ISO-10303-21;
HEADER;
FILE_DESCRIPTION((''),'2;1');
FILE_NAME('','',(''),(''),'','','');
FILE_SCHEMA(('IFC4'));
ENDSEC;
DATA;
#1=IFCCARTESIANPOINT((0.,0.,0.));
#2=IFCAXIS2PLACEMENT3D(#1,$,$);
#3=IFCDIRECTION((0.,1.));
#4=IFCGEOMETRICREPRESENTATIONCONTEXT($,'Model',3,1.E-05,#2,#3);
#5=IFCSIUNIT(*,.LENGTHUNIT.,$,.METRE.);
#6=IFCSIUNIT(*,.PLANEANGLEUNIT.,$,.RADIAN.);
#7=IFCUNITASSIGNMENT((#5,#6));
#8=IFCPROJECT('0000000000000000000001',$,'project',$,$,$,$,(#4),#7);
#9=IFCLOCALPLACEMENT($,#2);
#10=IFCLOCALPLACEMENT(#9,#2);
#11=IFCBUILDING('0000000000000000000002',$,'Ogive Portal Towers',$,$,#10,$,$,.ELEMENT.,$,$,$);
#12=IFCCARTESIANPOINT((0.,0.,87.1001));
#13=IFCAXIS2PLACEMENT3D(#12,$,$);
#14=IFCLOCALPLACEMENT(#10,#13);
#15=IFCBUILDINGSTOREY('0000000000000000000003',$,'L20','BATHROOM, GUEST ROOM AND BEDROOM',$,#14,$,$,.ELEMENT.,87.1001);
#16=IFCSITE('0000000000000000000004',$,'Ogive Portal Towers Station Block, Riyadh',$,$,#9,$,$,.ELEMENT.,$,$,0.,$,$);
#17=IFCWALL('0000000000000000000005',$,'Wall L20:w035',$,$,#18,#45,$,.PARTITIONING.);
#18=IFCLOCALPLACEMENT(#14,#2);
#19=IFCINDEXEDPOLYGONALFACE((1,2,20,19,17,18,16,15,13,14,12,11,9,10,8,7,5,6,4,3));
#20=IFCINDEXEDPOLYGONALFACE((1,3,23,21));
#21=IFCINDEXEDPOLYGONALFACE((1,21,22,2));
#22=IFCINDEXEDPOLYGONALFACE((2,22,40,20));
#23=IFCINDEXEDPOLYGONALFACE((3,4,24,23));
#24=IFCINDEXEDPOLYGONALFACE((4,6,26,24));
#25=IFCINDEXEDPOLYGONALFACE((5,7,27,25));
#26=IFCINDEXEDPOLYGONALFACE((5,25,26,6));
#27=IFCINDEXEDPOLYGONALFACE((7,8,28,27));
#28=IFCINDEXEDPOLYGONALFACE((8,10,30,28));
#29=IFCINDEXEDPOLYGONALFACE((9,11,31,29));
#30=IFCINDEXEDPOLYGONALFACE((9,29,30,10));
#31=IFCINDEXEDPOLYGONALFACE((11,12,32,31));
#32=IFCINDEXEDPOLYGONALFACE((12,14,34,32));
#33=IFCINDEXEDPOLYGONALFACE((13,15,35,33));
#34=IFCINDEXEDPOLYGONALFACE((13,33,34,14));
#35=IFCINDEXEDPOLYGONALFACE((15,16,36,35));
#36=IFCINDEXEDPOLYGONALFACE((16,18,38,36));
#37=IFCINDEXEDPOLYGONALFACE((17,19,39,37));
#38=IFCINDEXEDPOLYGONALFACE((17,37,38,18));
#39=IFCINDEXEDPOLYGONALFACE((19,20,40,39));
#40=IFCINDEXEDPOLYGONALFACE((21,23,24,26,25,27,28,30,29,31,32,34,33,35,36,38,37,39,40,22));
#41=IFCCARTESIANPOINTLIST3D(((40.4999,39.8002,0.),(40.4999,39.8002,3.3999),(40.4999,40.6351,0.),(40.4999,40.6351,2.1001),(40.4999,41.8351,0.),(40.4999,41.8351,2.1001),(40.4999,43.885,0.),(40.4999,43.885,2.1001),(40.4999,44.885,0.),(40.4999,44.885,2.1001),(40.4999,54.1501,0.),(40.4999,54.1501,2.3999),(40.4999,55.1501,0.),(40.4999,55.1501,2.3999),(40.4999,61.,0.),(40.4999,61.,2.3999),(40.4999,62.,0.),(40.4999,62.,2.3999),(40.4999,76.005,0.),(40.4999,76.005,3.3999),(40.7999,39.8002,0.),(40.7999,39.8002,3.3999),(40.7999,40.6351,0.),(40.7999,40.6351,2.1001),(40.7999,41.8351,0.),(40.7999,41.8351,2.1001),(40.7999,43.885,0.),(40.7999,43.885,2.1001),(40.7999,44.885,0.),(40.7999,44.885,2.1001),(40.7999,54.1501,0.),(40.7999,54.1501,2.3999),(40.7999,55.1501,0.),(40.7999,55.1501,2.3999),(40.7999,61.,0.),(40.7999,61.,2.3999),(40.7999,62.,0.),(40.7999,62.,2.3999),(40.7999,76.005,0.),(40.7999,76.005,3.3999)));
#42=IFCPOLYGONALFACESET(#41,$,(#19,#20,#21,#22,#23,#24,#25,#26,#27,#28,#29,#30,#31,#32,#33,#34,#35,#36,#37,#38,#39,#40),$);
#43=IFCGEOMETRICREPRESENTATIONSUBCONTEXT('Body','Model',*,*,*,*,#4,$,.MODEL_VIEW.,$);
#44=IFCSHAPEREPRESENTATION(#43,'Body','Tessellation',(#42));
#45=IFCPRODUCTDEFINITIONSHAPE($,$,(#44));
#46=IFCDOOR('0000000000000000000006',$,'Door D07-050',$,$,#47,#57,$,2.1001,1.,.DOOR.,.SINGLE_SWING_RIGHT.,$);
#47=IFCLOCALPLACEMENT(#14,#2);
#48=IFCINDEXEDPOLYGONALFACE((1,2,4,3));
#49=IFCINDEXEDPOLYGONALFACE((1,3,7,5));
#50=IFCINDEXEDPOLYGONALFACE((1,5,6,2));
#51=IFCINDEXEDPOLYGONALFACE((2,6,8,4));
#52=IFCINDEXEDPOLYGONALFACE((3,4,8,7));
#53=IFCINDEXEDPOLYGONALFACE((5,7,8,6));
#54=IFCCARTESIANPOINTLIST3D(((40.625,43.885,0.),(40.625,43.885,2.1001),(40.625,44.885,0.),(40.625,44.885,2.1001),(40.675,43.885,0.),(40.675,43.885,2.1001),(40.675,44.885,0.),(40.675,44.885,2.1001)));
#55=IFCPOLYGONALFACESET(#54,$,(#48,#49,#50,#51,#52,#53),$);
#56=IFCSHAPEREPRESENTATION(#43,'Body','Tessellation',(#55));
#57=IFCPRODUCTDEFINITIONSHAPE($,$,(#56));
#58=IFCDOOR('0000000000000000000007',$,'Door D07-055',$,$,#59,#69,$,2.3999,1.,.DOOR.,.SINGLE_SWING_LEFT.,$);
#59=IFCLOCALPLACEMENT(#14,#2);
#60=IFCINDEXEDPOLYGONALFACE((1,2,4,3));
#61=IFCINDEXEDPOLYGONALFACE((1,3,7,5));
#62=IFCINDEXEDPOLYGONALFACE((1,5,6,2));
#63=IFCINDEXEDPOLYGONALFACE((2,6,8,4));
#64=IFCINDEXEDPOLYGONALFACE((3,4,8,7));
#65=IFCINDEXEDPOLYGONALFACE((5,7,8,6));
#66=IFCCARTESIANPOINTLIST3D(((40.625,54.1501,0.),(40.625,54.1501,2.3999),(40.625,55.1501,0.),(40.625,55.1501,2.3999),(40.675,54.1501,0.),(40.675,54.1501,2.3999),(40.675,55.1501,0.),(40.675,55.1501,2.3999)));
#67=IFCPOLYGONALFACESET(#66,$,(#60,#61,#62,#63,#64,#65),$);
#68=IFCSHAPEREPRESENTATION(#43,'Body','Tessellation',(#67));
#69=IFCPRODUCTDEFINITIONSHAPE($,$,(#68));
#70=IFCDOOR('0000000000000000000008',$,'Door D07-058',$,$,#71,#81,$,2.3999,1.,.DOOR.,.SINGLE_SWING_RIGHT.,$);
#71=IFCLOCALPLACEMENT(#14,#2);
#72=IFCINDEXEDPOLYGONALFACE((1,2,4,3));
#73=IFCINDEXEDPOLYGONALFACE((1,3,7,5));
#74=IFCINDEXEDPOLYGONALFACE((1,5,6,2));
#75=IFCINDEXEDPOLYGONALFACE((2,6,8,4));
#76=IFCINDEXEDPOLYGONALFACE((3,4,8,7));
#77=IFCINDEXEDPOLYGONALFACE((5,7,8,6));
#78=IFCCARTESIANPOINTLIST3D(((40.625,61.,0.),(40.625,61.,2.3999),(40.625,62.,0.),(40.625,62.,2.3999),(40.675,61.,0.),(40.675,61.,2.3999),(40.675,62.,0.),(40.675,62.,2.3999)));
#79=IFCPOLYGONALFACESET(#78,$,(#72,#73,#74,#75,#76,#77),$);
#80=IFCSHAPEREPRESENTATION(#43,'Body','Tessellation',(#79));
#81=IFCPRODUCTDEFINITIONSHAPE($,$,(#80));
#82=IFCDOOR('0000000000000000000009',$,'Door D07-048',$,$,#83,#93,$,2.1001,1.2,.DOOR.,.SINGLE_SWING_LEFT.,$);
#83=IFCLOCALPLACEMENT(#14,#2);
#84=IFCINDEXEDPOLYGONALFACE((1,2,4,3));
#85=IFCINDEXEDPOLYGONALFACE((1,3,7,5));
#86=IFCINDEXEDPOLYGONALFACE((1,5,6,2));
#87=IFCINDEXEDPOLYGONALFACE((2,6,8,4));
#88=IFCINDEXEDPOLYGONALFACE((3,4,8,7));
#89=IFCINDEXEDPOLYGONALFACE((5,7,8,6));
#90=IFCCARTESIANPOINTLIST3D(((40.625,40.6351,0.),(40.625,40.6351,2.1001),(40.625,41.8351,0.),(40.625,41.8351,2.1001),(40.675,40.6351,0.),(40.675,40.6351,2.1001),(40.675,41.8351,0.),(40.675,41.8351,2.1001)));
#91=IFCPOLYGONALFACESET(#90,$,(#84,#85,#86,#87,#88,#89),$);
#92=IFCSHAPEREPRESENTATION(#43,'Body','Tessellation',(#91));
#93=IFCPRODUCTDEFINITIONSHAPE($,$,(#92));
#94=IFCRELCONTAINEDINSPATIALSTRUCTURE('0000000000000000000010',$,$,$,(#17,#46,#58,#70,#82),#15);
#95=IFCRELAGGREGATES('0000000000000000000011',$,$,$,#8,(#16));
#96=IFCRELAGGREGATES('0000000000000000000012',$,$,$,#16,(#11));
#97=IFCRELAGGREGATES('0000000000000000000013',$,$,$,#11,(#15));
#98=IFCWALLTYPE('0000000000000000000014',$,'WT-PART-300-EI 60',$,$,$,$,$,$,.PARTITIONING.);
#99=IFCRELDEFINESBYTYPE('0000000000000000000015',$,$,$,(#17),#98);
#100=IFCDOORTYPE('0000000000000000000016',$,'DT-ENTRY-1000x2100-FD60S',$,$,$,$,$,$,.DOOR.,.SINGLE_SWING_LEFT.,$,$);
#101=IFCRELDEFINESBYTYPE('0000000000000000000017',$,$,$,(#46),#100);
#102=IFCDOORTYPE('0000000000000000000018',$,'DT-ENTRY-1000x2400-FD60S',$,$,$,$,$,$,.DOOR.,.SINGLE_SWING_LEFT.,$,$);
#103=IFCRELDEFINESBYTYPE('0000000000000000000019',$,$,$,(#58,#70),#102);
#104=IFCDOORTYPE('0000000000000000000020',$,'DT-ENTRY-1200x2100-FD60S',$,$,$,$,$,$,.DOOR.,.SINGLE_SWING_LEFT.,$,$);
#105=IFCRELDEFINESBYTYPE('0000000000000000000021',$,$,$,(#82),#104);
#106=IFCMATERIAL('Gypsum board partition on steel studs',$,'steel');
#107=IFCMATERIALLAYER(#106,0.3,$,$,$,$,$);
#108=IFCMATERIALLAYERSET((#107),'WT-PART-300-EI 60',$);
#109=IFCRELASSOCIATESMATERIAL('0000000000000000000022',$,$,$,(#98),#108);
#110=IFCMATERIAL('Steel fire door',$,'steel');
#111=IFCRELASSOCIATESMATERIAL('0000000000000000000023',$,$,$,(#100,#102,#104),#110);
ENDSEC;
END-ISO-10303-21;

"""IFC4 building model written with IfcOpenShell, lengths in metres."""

from ifc_helpers import new_model, si_unit, direction, frame, frame_2d, origin, place, context, subcontext, project, spatial, rectangle, extrude, material, layer, layer_set, type_object, element, fill, save


model = new_model("IFC4")

# Units and contexts
model_context = context("Model", 3, precision=1e-05, world=origin(), true_north=direction((0.0, 1.0)))
body_context = subcontext(model_context, "Body", "Model", "MODEL_VIEW")
ifc_project = project(units=[si_unit("LENGTHUNIT", "METRE"), si_unit("PLANEANGLEUNIT", "RADIAN")], contexts=[model_context])

# Site, building, storey
site_placement = place(None, origin())
site = spatial("IfcSite", under=ifc_project, at=site_placement, Name="Ogive Portal Towers Station Block, Riyadh", CompositionType="ELEMENT", RefElevation=0.0)
building_placement = place(site_placement, origin())
building = spatial("IfcBuilding", under=site, at=building_placement, Name="Ogive Portal Towers", CompositionType="ELEMENT")
storey_placement = place(building_placement, frame((0.0, 0.0, 87.1001)))
storey = spatial("IfcBuildingStorey", under=building, at=storey_placement, Name="L20", Description="BATHROOM, GUEST ROOM AND BEDROOM", CompositionType="ELEMENT", Elevation=87.1001)

# Shared definitions
ifc_material_1 = material(Name="Gypsum board partition on steel studs", Category="steel")
ifc_layer_1 = layer(ifc_material_1, 0.3)
ifc_layer_set_1 = layer_set([ifc_layer_1], Name="WT-PART-300-EI 60")
wall_type_1 = type_object("IfcWallType", Name="WT-PART-300-EI 60", PredefinedType="PARTITIONING", material=ifc_layer_set_1)

# Shared definitions
ifc_material_2 = material(Name="Steel fire door", Category="steel")

# Wall, openings, doors
wall_1_placement = place(storey_placement, frame((40.6499, 39.8, 0.0), z_axis=(0.0, 0.0, 1.0), x_axis=(0.0, 1.0, 0.0)))
wall_1 = element("IfcWall", 1, at=wall_1_placement, inside=storey, type_object=wall_type_1, Name="Wall L20:w035", PredefinedType="PARTITIONING", context=body_context, shape_type="SweptSolid", body=[
    extrude(rectangle(XDim=36.2048, YDim=0.3, at=frame_2d((18.1025, 0.0))), origin(), (0.0, 0.0, 1.0), 3.3999),
])
opening_1_placement = place(wall_1_placement, frame((0.835, 0.0, 0.0)))
opening_1 = element("IfcOpeningElement", 2, at=opening_1_placement, cuts=wall_1, PredefinedType="OPENING", context=body_context, shape_type="SweptSolid", body=[
    extrude(rectangle(XDim=1.2, YDim=2.1001, at=frame_2d((0.6001, 1.05))), frame((0.0, 0.1602, 0.0), z_axis=(0.0, -1.0, 0.0), x_axis=(1.0, 0.0, 0.0)), (0.0, 0.0, 1.0), 0.3201),
])
opening_2_placement = place(wall_1_placement, frame((4.085, 0.0, 0.0)))
opening_2 = element("IfcOpeningElement", 3, at=opening_2_placement, cuts=wall_1, PredefinedType="OPENING", context=body_context, shape_type="SweptSolid", body=[
    extrude(rectangle(XDim=1.0, YDim=2.1001, at=frame_2d((0.5, 1.05))), frame((0.0, 0.1602, 0.0), z_axis=(0.0, -1.0, 0.0), x_axis=(1.0, 0.0, 0.0)), (0.0, 0.0, 1.0), 0.3201),
])
opening_3_placement = place(wall_1_placement, frame((14.3501, 0.0, 0.0)))
opening_3 = element("IfcOpeningElement", 4, at=opening_3_placement, cuts=wall_1, PredefinedType="OPENING", context=body_context, shape_type="SweptSolid", body=[
    extrude(rectangle(XDim=1.0, YDim=2.3999, at=frame_2d((0.5, 1.2))), frame((0.0, 0.1602, 0.0), z_axis=(0.0, -1.0, 0.0), x_axis=(1.0, 0.0, 0.0)), (0.0, 0.0, 1.0), 0.3201),
])
opening_4_placement = place(wall_1_placement, frame((21.2, 0.0, 0.0)))
opening_4 = element("IfcOpeningElement", 5, at=opening_4_placement, cuts=wall_1, PredefinedType="OPENING", context=body_context, shape_type="SweptSolid", body=[
    extrude(rectangle(XDim=1.0, YDim=2.3999, at=frame_2d((0.5, 1.2))), frame((0.0, 0.1602, 0.0), z_axis=(0.0, -1.0, 0.0), x_axis=(1.0, 0.0, 0.0)), (0.0, 0.0, 1.0), 0.3201),
])
door_type_1 = type_object("IfcDoorType", Name="DT-ENTRY-1000x2100-FD60S", OperationType="SINGLE_SWING_LEFT", PredefinedType="DOOR", material=ifc_material_2)
door_1_placement = place(opening_2_placement, origin())
door_1 = element("IfcDoor", 6, at=door_1_placement, inside=storey, type_object=door_type_1, Name="Door D07-050", OperationType="SINGLE_SWING_RIGHT", OverallHeight=2.1001, OverallWidth=1.0, PredefinedType="DOOR", context=body_context, shape_type="SweptSolid", body=[
    extrude(rectangle(XDim=1.0, YDim=2.1001, at=frame_2d((0.5, 1.05))), frame((0.0, 0.0249, 0.0), z_axis=(0.0, -1.0, 0.0), x_axis=(1.0, 0.0, 0.0)), (0.0, 0.0, 1.0), 0.05),
])
fill(opening_2, door_1)
door_type_2 = type_object("IfcDoorType", Name="DT-ENTRY-1000x2400-FD60S", OperationType="SINGLE_SWING_LEFT", PredefinedType="DOOR", material=ifc_material_2)
door_2_placement = place(opening_3_placement, origin())
door_2 = element("IfcDoor", 7, at=door_2_placement, inside=storey, type_object=door_type_2, Name="Door D07-055", OperationType="SINGLE_SWING_LEFT", OverallHeight=2.3999, OverallWidth=1.0, PredefinedType="DOOR", context=body_context, shape_type="SweptSolid", body=[
    extrude(rectangle(XDim=1.0, YDim=2.3999, at=frame_2d((0.5, 1.2))), frame((0.0, 0.0249, 0.0), z_axis=(0.0, -1.0, 0.0), x_axis=(1.0, 0.0, 0.0)), (0.0, 0.0, 1.0), 0.05),
])
fill(opening_3, door_2)
door_3_placement = place(opening_4_placement, origin())
door_3 = element("IfcDoor", 8, at=door_3_placement, inside=storey, type_object=door_type_2, Name="Door D07-058", OperationType="SINGLE_SWING_RIGHT", OverallHeight=2.3999, OverallWidth=1.0, PredefinedType="DOOR", context=body_context, shape_type="SweptSolid", body=[
    extrude(rectangle(XDim=1.0, YDim=2.3999, at=frame_2d((0.5, 1.2))), frame((0.0, 0.0249, 0.0), z_axis=(0.0, -1.0, 0.0), x_axis=(1.0, 0.0, 0.0)), (0.0, 0.0, 1.0), 0.05),
])
fill(opening_4, door_3)
door_type_3 = type_object("IfcDoorType", Name="DT-ENTRY-1200x2100-FD60S", OperationType="SINGLE_SWING_LEFT", PredefinedType="DOOR", material=ifc_material_2)
door_4_placement = place(opening_1_placement, origin())
door_4 = element("IfcDoor", 9, at=door_4_placement, inside=storey, type_object=door_type_3, Name="Door D07-048", OperationType="SINGLE_SWING_LEFT", OverallHeight=2.1001, OverallWidth=1.2, PredefinedType="DOOR", context=body_context, shape_type="SweptSolid", body=[
    extrude(rectangle(XDim=1.2, YDim=2.1001, at=frame_2d((0.6001, 1.05))), frame((0.0, 0.0249, 0.0), z_axis=(0.0, -1.0, 0.0), x_axis=(1.0, 0.0, 0.0)), (0.0, 0.0, 1.0), 0.05),
])
fill(opening_1, door_4)

save(model, "model.ifc")
